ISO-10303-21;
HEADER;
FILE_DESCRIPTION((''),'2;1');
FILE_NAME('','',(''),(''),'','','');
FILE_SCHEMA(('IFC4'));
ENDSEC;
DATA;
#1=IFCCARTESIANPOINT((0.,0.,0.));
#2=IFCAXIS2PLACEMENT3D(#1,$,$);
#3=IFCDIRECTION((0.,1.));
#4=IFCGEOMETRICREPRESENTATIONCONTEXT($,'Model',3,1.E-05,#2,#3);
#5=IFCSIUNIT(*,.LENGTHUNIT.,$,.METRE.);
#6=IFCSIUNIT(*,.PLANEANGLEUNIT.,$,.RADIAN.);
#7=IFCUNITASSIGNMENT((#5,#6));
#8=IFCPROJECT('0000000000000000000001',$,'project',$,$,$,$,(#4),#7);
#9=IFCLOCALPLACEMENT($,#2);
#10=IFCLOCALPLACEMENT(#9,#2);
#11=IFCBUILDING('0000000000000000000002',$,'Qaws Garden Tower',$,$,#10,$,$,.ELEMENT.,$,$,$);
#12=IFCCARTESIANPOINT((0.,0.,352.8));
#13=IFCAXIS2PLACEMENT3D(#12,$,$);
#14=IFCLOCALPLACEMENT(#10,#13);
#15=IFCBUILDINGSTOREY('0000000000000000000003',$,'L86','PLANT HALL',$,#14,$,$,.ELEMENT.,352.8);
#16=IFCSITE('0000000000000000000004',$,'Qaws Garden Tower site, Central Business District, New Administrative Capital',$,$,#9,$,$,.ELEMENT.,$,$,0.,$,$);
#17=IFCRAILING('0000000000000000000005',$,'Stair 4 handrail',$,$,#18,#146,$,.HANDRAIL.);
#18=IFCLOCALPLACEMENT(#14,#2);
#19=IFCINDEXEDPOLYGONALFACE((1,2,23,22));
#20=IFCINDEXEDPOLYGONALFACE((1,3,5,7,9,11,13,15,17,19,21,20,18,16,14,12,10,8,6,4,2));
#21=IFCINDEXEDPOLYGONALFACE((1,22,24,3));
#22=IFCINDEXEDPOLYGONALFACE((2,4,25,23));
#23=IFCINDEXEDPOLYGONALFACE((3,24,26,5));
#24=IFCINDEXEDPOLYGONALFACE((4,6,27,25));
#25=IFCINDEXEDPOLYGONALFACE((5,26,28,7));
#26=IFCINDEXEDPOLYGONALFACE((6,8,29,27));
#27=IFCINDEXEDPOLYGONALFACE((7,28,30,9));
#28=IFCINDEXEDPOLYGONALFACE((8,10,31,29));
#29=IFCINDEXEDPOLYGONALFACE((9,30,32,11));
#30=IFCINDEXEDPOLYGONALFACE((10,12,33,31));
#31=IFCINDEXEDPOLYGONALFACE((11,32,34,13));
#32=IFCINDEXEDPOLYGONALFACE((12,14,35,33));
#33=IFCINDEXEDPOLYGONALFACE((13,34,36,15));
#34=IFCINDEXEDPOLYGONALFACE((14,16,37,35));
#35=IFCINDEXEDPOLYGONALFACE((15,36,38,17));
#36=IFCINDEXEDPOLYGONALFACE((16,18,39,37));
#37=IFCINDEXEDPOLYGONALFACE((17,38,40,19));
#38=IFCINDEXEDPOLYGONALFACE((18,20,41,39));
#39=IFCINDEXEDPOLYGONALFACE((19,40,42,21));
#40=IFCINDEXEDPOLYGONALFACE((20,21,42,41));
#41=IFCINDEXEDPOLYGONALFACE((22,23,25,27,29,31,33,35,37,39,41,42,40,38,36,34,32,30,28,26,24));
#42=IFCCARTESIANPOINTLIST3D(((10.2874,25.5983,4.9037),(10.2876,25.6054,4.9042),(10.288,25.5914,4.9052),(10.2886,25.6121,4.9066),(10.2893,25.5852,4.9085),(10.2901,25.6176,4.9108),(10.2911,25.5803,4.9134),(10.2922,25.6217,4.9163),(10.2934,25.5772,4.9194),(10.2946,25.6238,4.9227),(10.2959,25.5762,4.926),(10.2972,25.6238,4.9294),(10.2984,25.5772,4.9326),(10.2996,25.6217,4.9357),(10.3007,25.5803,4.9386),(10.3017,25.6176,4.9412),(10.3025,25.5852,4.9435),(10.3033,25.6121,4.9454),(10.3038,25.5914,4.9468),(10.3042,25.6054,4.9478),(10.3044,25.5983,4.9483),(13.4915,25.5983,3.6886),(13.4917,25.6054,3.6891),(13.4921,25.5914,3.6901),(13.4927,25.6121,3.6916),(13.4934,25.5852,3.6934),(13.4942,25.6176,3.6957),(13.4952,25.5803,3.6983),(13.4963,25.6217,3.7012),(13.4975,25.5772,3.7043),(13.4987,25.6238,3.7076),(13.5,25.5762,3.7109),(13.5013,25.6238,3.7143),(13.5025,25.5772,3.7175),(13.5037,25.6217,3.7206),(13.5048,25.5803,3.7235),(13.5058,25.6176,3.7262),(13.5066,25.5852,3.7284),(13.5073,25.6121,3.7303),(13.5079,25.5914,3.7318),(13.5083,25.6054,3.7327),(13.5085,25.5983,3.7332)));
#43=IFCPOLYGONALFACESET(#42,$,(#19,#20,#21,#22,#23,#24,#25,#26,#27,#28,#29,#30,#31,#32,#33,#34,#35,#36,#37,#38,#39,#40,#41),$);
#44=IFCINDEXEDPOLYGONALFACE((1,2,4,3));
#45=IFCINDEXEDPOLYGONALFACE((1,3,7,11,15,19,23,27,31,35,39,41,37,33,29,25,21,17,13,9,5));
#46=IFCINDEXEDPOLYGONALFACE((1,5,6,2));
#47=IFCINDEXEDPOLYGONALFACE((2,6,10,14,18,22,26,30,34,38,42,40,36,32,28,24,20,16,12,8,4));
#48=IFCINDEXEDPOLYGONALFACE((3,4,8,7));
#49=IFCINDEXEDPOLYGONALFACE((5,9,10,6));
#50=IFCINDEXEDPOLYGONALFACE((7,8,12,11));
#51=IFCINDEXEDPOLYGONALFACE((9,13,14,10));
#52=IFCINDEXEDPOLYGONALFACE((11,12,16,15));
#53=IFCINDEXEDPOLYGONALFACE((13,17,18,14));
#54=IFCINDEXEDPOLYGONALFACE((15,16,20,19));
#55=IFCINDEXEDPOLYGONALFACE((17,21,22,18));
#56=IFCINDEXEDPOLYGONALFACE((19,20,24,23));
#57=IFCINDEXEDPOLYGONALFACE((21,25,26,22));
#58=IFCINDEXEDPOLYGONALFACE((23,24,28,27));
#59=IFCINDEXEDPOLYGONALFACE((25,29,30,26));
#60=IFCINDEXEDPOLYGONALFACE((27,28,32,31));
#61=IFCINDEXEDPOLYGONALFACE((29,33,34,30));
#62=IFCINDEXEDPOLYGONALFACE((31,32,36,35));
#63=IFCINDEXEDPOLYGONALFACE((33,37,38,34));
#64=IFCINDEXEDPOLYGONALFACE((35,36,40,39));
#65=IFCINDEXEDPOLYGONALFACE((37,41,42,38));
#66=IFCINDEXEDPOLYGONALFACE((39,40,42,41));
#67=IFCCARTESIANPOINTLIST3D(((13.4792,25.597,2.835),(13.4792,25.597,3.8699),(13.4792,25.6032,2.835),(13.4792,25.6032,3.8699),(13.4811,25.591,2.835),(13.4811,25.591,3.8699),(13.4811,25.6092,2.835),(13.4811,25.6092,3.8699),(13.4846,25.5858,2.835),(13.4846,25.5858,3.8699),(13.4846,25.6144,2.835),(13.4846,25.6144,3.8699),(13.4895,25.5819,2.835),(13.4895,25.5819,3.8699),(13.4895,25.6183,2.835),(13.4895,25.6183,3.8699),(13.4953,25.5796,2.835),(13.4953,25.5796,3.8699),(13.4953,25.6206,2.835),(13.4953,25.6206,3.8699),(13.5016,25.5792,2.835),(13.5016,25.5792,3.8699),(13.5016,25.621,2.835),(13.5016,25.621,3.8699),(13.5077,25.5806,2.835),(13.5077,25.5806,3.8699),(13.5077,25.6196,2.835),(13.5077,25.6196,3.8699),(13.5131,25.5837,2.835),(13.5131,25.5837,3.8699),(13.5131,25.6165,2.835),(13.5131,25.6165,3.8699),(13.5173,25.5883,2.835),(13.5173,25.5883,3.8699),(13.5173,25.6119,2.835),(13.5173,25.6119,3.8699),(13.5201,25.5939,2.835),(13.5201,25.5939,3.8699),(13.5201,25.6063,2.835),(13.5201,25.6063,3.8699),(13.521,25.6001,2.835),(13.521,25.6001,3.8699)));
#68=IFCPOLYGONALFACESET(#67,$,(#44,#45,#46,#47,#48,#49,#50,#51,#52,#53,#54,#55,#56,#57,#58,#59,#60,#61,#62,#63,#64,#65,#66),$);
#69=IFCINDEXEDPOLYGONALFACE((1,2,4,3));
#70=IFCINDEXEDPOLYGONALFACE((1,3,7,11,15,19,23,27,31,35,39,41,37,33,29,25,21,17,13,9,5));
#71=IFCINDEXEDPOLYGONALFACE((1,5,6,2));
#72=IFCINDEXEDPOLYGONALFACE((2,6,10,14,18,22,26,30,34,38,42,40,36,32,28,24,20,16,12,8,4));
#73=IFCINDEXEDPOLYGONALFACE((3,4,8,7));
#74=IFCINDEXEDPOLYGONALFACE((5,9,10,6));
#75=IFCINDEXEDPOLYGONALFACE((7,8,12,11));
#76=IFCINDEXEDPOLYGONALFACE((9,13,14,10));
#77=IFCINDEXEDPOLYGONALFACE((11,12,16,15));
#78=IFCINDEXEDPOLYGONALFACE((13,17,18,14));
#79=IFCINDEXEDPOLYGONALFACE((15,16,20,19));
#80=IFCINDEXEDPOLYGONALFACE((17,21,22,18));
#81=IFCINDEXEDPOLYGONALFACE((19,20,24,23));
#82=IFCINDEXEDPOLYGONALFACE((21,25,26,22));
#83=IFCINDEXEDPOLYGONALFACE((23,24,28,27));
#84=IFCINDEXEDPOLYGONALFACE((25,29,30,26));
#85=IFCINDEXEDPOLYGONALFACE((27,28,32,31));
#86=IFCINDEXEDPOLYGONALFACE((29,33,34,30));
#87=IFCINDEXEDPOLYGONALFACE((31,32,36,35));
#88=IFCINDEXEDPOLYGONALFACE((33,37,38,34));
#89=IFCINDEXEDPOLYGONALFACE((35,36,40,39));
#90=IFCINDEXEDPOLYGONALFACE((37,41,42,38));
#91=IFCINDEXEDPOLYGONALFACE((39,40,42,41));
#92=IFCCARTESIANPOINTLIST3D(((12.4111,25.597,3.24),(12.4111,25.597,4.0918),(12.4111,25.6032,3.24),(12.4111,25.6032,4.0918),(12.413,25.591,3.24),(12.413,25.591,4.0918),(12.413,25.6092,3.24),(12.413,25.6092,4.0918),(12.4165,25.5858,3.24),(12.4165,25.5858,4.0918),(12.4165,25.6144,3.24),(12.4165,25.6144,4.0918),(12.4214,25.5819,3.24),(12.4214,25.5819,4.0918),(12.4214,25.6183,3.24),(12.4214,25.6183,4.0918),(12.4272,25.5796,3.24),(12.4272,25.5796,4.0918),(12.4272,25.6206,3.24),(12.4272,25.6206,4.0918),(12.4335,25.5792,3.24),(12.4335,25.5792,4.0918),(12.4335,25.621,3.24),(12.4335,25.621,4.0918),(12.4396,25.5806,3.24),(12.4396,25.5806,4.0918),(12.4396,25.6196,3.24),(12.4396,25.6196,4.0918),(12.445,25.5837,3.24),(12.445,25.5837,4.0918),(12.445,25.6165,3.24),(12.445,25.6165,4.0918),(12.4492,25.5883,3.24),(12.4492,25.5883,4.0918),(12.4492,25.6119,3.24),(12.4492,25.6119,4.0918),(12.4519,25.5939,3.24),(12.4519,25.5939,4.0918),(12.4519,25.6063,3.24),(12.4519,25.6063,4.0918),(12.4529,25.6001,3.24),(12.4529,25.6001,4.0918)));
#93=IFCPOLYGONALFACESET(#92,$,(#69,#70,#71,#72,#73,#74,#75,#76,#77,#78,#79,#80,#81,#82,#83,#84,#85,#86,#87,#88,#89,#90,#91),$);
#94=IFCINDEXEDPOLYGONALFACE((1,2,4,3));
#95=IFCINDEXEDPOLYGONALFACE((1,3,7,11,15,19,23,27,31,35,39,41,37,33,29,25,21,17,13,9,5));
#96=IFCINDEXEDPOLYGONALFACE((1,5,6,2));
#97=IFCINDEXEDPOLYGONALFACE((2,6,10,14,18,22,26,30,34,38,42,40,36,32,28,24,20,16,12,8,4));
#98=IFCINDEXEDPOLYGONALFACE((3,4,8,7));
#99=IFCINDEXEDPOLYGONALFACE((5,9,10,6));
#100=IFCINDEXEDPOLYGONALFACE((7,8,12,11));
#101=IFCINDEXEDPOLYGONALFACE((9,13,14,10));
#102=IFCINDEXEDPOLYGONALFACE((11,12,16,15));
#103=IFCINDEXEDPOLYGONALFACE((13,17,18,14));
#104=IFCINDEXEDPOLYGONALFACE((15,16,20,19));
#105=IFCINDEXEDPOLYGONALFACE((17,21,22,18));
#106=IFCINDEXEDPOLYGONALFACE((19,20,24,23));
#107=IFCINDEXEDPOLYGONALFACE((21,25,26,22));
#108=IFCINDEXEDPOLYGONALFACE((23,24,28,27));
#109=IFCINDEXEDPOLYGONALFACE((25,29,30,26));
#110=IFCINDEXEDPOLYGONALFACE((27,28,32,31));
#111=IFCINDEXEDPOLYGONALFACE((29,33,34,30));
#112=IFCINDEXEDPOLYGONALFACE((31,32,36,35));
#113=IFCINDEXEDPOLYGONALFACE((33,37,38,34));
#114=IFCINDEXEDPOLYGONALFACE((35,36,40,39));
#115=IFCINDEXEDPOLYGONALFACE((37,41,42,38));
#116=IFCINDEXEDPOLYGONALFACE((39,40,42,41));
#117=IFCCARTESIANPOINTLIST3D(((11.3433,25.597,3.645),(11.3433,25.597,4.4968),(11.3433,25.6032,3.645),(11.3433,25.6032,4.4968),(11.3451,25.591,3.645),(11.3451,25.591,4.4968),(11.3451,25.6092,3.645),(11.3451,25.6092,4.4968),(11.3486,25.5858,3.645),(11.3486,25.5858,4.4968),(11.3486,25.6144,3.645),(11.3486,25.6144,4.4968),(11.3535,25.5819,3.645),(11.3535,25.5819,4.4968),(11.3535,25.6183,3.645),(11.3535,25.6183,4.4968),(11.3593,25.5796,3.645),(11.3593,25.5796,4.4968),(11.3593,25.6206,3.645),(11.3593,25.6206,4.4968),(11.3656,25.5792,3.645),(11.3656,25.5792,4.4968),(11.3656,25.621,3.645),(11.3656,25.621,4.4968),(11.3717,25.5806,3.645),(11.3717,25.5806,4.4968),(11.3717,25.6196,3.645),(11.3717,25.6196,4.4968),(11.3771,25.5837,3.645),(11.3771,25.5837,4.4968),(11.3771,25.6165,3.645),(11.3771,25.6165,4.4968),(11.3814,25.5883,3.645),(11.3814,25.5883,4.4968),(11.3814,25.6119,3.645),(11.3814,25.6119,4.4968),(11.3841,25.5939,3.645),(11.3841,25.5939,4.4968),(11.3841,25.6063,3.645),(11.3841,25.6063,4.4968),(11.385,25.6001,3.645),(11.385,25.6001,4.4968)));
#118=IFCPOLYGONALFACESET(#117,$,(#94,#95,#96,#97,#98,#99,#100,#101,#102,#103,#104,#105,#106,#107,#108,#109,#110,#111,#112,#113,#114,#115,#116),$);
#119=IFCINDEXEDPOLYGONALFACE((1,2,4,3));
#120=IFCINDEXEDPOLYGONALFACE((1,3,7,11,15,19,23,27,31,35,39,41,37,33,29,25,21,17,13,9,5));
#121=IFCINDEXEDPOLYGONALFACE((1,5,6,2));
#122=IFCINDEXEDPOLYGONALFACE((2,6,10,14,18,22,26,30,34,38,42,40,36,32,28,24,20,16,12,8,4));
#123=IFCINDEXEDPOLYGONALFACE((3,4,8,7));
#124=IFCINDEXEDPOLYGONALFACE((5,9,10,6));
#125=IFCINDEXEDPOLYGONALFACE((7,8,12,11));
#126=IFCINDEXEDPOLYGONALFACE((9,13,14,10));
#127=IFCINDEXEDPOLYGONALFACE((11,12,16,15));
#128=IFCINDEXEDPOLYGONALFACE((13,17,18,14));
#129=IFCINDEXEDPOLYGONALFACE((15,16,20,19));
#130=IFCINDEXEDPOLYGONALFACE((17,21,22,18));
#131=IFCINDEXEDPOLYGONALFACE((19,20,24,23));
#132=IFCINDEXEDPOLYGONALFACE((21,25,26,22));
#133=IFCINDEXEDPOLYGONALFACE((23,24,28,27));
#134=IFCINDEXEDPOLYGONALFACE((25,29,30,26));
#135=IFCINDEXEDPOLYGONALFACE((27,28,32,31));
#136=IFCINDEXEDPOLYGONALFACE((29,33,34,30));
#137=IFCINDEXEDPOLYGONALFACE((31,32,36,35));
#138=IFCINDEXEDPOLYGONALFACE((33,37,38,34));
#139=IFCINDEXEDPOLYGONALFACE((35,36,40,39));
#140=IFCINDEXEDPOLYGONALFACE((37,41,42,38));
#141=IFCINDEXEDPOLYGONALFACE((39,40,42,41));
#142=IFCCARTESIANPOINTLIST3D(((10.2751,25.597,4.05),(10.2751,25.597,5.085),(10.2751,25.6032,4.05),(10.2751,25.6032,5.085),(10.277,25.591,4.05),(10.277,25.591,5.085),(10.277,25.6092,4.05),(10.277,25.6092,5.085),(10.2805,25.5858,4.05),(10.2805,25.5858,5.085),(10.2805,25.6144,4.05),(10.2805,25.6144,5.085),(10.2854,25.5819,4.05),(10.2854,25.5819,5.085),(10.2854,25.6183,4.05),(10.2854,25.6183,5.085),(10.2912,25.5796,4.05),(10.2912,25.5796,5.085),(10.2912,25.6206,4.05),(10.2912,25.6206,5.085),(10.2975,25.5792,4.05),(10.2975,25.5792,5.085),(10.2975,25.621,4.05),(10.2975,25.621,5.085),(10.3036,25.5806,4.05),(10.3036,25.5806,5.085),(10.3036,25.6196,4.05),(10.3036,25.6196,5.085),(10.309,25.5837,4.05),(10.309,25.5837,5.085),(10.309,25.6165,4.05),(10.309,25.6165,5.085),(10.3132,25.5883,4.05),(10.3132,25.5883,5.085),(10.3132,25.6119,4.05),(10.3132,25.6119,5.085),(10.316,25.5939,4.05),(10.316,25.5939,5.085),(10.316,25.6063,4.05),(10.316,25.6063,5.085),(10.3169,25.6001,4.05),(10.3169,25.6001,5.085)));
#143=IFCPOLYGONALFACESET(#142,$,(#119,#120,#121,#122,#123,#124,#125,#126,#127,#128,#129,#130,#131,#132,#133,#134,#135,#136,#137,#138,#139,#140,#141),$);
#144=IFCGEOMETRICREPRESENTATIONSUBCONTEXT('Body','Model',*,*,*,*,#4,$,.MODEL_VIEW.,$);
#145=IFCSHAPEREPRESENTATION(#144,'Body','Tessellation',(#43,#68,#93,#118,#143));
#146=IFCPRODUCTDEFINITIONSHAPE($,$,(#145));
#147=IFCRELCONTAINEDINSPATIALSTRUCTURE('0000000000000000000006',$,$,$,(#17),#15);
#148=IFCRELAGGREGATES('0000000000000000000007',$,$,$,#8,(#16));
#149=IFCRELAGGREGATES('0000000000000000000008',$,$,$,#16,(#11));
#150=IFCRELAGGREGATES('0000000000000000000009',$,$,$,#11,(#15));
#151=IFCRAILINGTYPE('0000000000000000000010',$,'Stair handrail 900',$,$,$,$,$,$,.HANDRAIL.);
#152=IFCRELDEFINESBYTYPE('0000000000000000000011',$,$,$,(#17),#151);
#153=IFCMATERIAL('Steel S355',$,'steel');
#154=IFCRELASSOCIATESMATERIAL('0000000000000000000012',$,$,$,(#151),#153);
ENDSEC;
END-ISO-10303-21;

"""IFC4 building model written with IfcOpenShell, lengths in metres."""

from ifc_helpers import new_model, si_unit, direction, frame, origin, origin_2d, place, context, subcontext, project, spatial, circle, extrude, material, type_object, element, save


model = new_model("IFC4")

# Units and contexts
model_context = context("Model", 3, precision=1e-05, world=origin(), true_north=direction((0.0, 1.0)))
body_context = subcontext(model_context, "Body", "Model", "MODEL_VIEW")
ifc_project = project(units=[si_unit("LENGTHUNIT", "METRE"), si_unit("PLANEANGLEUNIT", "RADIAN")], contexts=[model_context])

# Site, building, storey
site_placement = place(None, origin())
site = spatial("IfcSite", under=ifc_project, at=site_placement, Name="Qaws Garden Tower site, Central Business District, New Administrative Capital", CompositionType="ELEMENT", RefElevation=0.0)
building_placement = place(site_placement, origin())
building = spatial("IfcBuilding", under=site, at=building_placement, Name="Qaws Garden Tower", CompositionType="ELEMENT")
storey_placement = place(building_placement, frame((0.0, 0.0, 352.8)))
storey = spatial("IfcBuildingStorey", under=building, at=storey_placement, Name="L86", Description="PLANT HALL", CompositionType="ELEMENT", Elevation=352.8)

# Railing
ifc_material_1 = material(Name="Steel S355", Category="steel")
railing_type = type_object("IfcRailingType", Name="Stair handrail 900", PredefinedType="HANDRAIL", material=ifc_material_1)
railing_1_placement = place(storey_placement, frame((13.5, 25.6001, 2.835)))
element("IfcRailing", 1, at=railing_1_placement, inside=storey, type_object=railing_type, Name="Stair 4 handrail", PredefinedType="HANDRAIL", context=body_context, shape_type="SweptSolid", body=[
    extrude(circle(Radius=0.0239, at=origin_2d()), frame((0.0, 0.0, 0.876), z_axis=(-0.935023, 0.0, 0.354588), x_axis=(0.0, -1.0, 0.0)), (0.0, 0.0, 1.0), 3.4268),
    extrude(circle(Radius=0.021, at=origin_2d()), origin(), (0.0, 0.0, 1.0), 1.0349),
    extrude(circle(Radius=0.021, at=origin_2d()), frame((-1.0681, 0.0, 0.405)), (0.0, 0.0, 1.0), 0.8518),
    extrude(circle(Radius=0.021, at=origin_2d()), frame((-2.136, 0.0, 0.8101)), (0.0, 0.0, 1.0), 0.8518),
    extrude(circle(Radius=0.021, at=origin_2d()), frame((-3.2041, 0.0, 1.2151)), (0.0, 0.0, 1.0), 1.0349),
])

save(model, "model.ifc")
